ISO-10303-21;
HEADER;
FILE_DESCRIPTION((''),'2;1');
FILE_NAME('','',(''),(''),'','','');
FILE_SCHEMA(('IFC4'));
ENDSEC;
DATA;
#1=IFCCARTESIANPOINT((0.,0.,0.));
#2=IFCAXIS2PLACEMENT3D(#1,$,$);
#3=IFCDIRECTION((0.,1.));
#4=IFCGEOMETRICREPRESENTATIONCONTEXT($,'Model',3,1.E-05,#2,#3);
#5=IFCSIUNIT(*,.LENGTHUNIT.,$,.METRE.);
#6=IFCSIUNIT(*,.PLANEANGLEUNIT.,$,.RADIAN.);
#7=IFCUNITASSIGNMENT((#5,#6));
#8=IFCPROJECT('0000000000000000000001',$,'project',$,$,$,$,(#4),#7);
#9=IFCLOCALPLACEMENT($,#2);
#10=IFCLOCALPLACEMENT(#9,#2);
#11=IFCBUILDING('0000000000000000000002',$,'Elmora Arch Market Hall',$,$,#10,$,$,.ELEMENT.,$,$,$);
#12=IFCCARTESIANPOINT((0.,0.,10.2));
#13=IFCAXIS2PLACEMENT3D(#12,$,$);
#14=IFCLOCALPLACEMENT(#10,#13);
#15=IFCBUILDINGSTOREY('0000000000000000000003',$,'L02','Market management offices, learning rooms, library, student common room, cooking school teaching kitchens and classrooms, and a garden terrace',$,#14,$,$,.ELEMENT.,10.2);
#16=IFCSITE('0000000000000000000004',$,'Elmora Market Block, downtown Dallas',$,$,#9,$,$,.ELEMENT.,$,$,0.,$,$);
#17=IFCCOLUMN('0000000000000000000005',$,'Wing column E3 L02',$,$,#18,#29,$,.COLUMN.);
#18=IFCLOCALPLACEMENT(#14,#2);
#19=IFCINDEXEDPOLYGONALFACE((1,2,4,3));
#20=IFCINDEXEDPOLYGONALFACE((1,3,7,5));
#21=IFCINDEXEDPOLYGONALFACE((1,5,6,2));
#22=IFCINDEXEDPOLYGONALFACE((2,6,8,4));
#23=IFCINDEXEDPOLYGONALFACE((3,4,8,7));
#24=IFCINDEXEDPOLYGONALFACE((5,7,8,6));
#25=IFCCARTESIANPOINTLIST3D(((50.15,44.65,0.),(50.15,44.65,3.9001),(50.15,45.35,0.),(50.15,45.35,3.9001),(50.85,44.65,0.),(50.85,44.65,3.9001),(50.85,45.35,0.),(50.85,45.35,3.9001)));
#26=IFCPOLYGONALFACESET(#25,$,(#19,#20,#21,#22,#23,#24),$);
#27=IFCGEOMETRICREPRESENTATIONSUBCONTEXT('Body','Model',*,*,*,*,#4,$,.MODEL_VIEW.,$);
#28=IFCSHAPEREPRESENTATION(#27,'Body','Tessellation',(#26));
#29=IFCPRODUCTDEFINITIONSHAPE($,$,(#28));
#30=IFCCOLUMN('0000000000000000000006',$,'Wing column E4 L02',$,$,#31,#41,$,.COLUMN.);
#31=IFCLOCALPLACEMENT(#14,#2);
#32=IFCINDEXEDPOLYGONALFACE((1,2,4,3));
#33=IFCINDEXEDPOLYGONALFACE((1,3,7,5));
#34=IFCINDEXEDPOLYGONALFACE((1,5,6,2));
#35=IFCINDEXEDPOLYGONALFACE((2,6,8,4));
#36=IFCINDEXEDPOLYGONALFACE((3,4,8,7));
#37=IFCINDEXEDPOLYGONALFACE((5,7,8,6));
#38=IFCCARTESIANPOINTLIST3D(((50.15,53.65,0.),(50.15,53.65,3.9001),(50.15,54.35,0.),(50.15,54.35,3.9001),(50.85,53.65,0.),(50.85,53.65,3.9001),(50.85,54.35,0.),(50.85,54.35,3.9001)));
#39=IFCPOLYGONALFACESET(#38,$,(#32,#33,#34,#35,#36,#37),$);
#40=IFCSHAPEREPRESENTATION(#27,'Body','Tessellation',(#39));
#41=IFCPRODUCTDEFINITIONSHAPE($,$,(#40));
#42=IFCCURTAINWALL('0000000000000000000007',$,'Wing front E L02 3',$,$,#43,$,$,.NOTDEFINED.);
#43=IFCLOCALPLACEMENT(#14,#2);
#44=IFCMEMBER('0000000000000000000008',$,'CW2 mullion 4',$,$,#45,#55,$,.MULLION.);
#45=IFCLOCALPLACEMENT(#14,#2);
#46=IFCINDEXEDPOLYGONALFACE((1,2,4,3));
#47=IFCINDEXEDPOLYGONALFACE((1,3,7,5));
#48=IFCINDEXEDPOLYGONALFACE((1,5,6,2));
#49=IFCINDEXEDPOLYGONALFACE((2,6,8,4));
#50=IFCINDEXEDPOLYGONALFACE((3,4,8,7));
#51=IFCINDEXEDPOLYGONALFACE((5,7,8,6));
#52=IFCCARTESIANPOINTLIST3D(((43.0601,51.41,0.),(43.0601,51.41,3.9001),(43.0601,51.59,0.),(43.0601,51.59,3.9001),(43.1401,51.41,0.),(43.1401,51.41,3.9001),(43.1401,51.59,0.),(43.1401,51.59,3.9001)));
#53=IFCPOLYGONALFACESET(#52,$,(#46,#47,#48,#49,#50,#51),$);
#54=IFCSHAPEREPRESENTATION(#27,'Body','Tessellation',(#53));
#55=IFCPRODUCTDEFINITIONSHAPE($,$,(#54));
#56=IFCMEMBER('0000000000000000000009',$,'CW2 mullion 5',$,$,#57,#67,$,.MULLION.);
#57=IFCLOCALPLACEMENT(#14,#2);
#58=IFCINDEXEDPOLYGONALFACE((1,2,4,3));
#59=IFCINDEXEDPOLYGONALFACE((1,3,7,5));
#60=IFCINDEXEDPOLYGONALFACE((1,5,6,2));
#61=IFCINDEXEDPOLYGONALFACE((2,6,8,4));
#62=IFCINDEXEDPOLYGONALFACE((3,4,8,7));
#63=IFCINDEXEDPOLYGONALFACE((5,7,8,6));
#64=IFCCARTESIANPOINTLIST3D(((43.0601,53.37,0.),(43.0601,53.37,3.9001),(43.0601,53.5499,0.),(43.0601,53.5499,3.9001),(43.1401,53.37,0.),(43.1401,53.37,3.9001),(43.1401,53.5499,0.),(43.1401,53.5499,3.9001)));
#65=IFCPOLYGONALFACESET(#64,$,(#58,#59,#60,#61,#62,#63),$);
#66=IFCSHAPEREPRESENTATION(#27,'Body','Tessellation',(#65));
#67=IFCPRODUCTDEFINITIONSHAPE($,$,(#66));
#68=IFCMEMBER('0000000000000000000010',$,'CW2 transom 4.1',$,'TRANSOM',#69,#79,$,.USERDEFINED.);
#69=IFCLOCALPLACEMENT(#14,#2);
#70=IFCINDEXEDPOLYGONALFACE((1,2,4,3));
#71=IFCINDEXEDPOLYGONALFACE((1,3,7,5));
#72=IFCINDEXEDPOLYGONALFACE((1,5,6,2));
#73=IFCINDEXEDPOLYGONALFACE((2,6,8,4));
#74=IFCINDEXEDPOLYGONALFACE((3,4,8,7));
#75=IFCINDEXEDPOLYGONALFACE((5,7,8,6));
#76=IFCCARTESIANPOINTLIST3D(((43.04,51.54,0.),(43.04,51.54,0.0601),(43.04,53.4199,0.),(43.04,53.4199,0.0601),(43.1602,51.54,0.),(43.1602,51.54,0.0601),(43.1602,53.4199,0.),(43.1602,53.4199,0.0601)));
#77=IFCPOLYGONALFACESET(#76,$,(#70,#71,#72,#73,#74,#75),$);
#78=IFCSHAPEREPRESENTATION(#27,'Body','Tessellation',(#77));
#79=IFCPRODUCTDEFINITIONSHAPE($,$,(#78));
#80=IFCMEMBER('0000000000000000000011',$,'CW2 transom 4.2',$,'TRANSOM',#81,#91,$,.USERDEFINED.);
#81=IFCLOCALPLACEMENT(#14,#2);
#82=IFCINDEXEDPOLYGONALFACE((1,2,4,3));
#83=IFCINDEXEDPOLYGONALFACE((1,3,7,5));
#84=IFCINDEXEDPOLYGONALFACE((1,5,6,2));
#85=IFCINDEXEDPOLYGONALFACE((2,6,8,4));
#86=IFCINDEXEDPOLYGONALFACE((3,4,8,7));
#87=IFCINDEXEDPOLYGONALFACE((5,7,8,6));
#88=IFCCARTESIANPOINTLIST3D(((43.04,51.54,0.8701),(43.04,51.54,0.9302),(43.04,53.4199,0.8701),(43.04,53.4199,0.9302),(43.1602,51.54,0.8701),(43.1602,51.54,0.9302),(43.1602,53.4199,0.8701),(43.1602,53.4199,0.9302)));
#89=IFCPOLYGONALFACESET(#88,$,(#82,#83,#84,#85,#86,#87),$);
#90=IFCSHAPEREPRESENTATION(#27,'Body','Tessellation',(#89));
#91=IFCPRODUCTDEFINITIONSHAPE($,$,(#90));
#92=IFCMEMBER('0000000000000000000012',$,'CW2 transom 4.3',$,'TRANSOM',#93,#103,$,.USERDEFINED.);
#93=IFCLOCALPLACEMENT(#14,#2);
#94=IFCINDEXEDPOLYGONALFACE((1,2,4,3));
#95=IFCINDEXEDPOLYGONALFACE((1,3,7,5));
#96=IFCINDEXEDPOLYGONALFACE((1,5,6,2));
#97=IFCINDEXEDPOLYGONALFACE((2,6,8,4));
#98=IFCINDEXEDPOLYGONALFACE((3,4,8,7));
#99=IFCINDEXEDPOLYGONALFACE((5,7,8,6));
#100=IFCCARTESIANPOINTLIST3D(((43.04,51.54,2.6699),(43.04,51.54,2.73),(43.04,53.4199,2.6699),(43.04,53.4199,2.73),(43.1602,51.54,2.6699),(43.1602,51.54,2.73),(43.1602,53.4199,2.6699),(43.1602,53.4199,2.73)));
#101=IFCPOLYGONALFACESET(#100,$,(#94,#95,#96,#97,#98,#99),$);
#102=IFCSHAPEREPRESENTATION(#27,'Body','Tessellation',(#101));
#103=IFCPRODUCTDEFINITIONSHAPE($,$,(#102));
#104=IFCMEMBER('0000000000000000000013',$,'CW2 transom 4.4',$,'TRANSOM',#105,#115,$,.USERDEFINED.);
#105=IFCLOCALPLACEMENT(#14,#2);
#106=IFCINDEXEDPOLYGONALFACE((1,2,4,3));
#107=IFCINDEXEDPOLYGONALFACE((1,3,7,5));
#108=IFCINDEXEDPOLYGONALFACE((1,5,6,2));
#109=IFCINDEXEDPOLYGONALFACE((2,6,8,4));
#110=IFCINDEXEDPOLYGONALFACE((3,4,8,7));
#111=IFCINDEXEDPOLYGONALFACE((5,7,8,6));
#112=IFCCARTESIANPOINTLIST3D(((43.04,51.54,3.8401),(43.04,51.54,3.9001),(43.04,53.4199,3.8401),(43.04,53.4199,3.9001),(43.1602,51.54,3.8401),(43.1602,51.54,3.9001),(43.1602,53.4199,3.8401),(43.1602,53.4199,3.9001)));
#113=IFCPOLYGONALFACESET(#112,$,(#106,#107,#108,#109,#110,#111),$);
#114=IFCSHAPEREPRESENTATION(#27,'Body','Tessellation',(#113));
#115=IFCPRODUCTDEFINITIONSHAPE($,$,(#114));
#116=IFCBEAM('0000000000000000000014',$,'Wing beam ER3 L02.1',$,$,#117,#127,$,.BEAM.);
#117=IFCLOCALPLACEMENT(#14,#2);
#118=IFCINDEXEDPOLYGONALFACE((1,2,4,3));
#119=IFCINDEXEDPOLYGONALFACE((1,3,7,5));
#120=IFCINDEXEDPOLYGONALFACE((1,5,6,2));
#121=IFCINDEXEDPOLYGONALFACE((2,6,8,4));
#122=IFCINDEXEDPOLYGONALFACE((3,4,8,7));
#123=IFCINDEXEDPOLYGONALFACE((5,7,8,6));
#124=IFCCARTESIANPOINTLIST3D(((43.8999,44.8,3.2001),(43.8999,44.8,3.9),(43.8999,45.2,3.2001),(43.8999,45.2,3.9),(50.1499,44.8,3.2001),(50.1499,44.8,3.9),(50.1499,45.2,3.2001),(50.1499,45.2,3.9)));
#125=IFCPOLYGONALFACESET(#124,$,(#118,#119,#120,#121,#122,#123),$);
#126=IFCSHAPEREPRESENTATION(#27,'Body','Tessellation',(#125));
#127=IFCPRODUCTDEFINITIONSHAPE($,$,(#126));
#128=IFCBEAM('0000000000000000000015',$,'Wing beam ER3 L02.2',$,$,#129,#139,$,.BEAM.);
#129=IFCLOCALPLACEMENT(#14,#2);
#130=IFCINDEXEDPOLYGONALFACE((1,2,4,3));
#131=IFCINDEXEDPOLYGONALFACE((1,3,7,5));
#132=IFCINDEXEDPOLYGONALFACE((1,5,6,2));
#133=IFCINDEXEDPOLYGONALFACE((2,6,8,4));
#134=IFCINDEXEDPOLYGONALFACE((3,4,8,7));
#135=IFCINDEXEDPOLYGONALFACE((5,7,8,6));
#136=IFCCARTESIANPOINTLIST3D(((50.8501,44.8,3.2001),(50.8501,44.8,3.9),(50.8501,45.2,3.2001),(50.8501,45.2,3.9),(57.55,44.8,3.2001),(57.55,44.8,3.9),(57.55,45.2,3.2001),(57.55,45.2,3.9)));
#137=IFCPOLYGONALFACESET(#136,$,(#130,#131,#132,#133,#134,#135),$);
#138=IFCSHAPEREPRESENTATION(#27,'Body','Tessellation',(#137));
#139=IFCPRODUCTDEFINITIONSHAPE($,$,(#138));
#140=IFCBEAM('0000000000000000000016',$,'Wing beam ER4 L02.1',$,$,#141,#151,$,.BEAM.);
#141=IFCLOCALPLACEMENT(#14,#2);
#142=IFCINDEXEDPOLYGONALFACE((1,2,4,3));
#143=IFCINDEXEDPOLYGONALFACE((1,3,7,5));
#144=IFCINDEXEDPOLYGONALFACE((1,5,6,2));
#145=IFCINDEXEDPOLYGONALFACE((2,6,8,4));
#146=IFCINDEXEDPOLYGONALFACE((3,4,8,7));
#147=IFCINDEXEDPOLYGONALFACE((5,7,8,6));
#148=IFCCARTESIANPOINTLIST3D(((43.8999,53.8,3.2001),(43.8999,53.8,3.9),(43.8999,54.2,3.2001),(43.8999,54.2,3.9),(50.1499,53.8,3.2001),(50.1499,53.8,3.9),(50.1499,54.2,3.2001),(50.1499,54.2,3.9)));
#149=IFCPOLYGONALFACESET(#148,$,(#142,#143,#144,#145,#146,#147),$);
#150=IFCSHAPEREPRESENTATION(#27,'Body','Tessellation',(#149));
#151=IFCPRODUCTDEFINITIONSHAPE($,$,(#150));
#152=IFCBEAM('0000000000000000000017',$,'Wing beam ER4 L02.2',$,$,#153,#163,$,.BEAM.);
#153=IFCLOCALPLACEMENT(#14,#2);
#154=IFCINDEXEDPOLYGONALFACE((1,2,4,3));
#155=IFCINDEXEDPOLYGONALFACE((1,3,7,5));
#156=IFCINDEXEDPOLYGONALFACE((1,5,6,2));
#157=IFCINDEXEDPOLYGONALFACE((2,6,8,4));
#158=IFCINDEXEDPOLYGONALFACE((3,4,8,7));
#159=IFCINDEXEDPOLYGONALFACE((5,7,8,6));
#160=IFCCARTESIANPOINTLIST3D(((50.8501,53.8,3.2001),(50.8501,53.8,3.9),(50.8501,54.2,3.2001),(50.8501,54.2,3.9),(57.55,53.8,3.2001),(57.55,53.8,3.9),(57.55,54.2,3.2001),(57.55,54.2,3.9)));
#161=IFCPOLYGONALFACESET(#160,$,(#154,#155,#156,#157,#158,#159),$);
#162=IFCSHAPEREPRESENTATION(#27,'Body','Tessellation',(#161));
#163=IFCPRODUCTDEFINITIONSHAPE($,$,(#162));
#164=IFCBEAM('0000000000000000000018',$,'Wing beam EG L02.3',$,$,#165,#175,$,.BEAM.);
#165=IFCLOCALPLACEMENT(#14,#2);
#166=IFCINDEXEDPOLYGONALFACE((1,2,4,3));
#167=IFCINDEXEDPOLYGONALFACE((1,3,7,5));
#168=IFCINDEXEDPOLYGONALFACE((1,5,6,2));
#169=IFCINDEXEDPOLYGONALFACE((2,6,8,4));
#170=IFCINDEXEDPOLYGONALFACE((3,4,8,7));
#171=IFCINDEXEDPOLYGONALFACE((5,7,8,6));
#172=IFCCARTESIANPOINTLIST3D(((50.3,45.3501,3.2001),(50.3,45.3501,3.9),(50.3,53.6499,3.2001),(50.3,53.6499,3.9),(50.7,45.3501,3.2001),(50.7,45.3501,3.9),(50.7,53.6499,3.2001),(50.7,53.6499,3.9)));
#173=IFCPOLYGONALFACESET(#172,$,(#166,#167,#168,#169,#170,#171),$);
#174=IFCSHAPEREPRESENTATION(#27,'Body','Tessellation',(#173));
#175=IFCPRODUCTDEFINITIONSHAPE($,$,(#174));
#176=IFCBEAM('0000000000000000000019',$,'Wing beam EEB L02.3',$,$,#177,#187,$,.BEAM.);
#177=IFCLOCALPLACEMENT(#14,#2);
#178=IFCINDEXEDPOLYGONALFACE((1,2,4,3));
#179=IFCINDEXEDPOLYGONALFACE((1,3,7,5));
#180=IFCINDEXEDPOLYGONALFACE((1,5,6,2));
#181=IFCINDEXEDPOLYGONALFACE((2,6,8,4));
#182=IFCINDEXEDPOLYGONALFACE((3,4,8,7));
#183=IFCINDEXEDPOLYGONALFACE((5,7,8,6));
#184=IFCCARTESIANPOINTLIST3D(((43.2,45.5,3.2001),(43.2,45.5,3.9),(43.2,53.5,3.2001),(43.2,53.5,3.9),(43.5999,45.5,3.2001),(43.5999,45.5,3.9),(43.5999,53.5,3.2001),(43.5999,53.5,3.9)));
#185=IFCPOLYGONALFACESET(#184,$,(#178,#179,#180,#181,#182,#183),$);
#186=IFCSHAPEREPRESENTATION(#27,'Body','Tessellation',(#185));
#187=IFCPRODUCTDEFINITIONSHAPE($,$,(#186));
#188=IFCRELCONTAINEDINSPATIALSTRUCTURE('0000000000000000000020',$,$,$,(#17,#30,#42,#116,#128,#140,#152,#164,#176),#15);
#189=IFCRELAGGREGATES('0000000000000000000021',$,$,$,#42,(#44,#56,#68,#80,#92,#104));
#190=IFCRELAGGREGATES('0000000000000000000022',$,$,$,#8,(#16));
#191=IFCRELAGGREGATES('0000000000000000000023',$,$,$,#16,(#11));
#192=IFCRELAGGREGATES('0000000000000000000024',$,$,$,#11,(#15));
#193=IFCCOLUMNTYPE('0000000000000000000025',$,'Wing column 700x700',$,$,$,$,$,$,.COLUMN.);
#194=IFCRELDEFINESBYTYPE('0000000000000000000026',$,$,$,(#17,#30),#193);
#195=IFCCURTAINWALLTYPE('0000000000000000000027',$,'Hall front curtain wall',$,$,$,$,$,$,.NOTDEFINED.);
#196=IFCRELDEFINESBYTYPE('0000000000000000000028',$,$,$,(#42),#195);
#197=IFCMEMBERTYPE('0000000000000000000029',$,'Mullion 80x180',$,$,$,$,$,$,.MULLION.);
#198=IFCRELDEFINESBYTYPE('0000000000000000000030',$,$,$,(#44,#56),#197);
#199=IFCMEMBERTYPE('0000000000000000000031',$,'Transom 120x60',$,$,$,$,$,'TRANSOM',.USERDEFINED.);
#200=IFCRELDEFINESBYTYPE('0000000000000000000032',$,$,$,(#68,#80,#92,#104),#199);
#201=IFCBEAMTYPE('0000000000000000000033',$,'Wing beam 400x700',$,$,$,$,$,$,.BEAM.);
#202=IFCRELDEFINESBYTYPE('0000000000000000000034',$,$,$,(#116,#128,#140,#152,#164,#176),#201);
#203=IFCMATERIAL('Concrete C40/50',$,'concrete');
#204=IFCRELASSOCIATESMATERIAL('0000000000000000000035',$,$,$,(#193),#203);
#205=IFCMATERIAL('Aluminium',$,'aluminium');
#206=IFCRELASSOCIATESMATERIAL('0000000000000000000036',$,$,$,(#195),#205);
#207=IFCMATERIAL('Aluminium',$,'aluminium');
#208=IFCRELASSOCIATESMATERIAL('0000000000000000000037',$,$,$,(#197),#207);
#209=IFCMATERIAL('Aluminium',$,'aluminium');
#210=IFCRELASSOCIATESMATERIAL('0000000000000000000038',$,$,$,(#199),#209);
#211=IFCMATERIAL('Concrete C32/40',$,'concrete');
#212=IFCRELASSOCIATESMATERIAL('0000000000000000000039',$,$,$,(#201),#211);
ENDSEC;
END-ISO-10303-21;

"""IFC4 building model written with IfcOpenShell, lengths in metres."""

from ifc_helpers import new_model, si_unit, direction, frame, origin, origin_2d, place, context, subcontext, project, spatial, rectangle, extrude, material, material_profile, profile_set, type_object, element, aggregate, save


model = new_model("IFC4")

# Units and contexts
model_context = context("Model", 3, precision=1e-05, world=origin(), true_north=direction((0.0, 1.0)))
body_context = subcontext(model_context, "Body", "Model", "MODEL_VIEW")
ifc_project = project(units=[si_unit("LENGTHUNIT", "METRE"), si_unit("PLANEANGLEUNIT", "RADIAN")], contexts=[model_context])

# Site, building, storey
site_placement = place(None, origin())
site = spatial("IfcSite", under=ifc_project, at=site_placement, Name="Elmora Market Block, downtown Dallas", CompositionType="ELEMENT", RefElevation=0.0)
building_placement = place(site_placement, origin())
building = spatial("IfcBuilding", under=site, at=building_placement, Name="Elmora Arch Market Hall", CompositionType="ELEMENT")
storey_placement = place(building_placement, frame((0.0, 0.0, 10.2)))
storey = spatial("IfcBuildingStorey", under=building, at=storey_placement, Name="L02", Description="Market management offices, learning rooms, library, student common room, cooking school teaching kitchens and classrooms, and a garden terrace", CompositionType="ELEMENT", Elevation=10.2)

# Columns
ifc_material_1 = material(Name="Concrete C40/50", Category="concrete")
ifc_material_profile_1 = material_profile(ifc_material_1, rectangle(XDim=0.7, YDim=0.7, at=origin_2d()), Name="Wing column 700x700")
ifc_profile_set_1 = profile_set([ifc_material_profile_1], Name="Concrete C40/50")
column_type = type_object("IfcColumnType", Name="Wing column 700x700", PredefinedType="COLUMN", material=ifc_profile_set_1)
for number, where, z_axis, x_axis, name in (
    (1, (50.5, 45.0, 0.0), (0.0, 0.0, 1.0), (1.0, 0.0, 0.0), "Wing column E3 L02"),
    (2, (50.5, 54.0, 0.0), (0.0, 0.0, 1.0), (1.0, 0.0, 0.0), "Wing column E4 L02"),
):
    element("IfcColumn", number, at=place(storey_placement, frame(where, z_axis=z_axis, x_axis=x_axis)), inside=storey, type_object=column_type, Name=name, PredefinedType="COLUMN", context=body_context, shape_type="SweptSolid", body=[
        extrude(rectangle(XDim=0.7, YDim=0.7, at=origin_2d()), origin(), (0.0, 0.0, 1.0), 3.9001),
    ])

# Curtain wall, members
ifc_material_2 = material(Name="Aluminium", Category="aluminium")
curtain_wall_type = type_object("IfcCurtainWallType", Name="Hall front curtain wall", PredefinedType="NOTDEFINED", material=ifc_material_2)
curtain_wall_placement = place(storey_placement, origin())
curtain_wall = element("IfcCurtainWall", 3, at=curtain_wall_placement, inside=storey, type_object=curtain_wall_type, Name="Wing front E L02 3", PredefinedType="NOTDEFINED")
ifc_material_3 = material(Name="Aluminium", Category="aluminium")
ifc_material_profile_2 = material_profile(ifc_material_3, rectangle(XDim=0.0801, YDim=0.1799, at=origin_2d()), Name="AL 80x180")
ifc_profile_set_2 = profile_set([ifc_material_profile_2], Name="Aluminium")
member_type_1 = type_object("IfcMemberType", Name="Mullion 80x180", PredefinedType="MULLION", material=ifc_profile_set_2)
member_1_placement = place(storey_placement, frame((43.1001, 51.5, 0.0), z_axis=(0.0, 0.0, 1.0), x_axis=(-1.0, 0.0, 0.0)))
member_1 = element("IfcMember", 4, at=member_1_placement, type_object=member_type_1, Name="CW2 mullion 4", PredefinedType="MULLION", context=body_context, shape_type="SweptSolid", body=[
    extrude(rectangle(XDim=0.0801, YDim=0.1799, at=origin_2d()), origin(), (0.0, 0.0, 1.0), 3.9001),
])
member_2_placement = place(storey_placement, frame((43.1001, 53.46, 0.0), z_axis=(0.0, 0.0, 1.0), x_axis=(-1.0, 0.0, 0.0)))
member_2 = element("IfcMember", 5, at=member_2_placement, type_object=member_type_1, Name="CW2 mullion 5", PredefinedType="MULLION", context=body_context, shape_type="SweptSolid", body=[
    extrude(rectangle(XDim=0.0801, YDim=0.1799, at=origin_2d()), origin(), (0.0, 0.0, 1.0), 3.9001),
])
ifc_material_4 = material(Name="Aluminium", Category="aluminium")
ifc_material_profile_3 = material_profile(ifc_material_4, rectangle(XDim=0.1201, YDim=0.0601, at=origin_2d()), Name="AL 120x60")
ifc_profile_set_3 = profile_set([ifc_material_profile_3], Name="Aluminium")
member_type_2 = type_object("IfcMemberType", Name="Transom 120x60", ElementType="TRANSOM", PredefinedType="USERDEFINED", material=ifc_profile_set_3)
member_3_placement = place(storey_placement, frame((43.1001, 51.54, 0.03), z_axis=(0.0, 1.0, 0.0), x_axis=(-1.0, 0.0, 0.0)))
member_3 = element("IfcMember", 6, at=member_3_placement, type_object=member_type_2, Name="CW2 transom 4.1", ObjectType="TRANSOM", PredefinedType="USERDEFINED", context=body_context, shape_type="SweptSolid", body=[
    extrude(rectangle(XDim=0.1201, YDim=0.0601, at=origin_2d()), origin(), (0.0, 0.0, 1.0), 1.8799),
])
member_4_placement = place(storey_placement, frame((43.1001, 51.54, 0.9001), z_axis=(0.0, 1.0, 0.0), x_axis=(-1.0, 0.0, 0.0)))
member_4 = element("IfcMember", 7, at=member_4_placement, type_object=member_type_2, Name="CW2 transom 4.2", ObjectType="TRANSOM", PredefinedType="USERDEFINED", context=body_context, shape_type="SweptSolid", body=[
    extrude(rectangle(XDim=0.1201, YDim=0.0601, at=origin_2d()), origin(), (0.0, 0.0, 1.0), 1.8799),
])
member_5_placement = place(storey_placement, frame((43.1001, 51.54, 2.7), z_axis=(0.0, 1.0, 0.0), x_axis=(-1.0, 0.0, 0.0)))
member_5 = element("IfcMember", 8, at=member_5_placement, type_object=member_type_2, Name="CW2 transom 4.3", ObjectType="TRANSOM", PredefinedType="USERDEFINED", context=body_context, shape_type="SweptSolid", body=[
    extrude(rectangle(XDim=0.1201, YDim=0.0601, at=origin_2d()), origin(), (0.0, 0.0, 1.0), 1.8799),
])
member_6_placement = place(storey_placement, frame((43.1001, 51.54, 3.8701), z_axis=(0.0, 1.0, 0.0), x_axis=(-1.0, 0.0, 0.0)))
member_6 = element("IfcMember", 9, at=member_6_placement, type_object=member_type_2, Name="CW2 transom 4.4", ObjectType="TRANSOM", PredefinedType="USERDEFINED", context=body_context, shape_type="SweptSolid", body=[
    extrude(rectangle(XDim=0.1201, YDim=0.0601, at=origin_2d()), origin(), (0.0, 0.0, 1.0), 1.8799),
])

# Beams
ifc_material_5 = material(Name="Concrete C32/40", Category="concrete")
ifc_material_profile_4 = material_profile(ifc_material_5, rectangle(XDim=0.3999, YDim=0.7, at=origin_2d()), Name="Wing beam 400x700")
ifc_profile_set_4 = profile_set([ifc_material_profile_4], Name="Concrete C32/40")
beam_type_1 = type_object("IfcBeamType", Name="Wing beam 400x700", PredefinedType="BEAM", material=ifc_profile_set_4)
beam_1_placement = place(storey_placement, frame((43.8999, 45.0, 3.55), z_axis=(1.0, 0.0, 0.0), x_axis=(0.0, 1.0, 0.0)))
element("IfcBeam", 10, at=beam_1_placement, inside=storey, type_object=beam_type_1, Name="Wing beam ER3 L02.1", PredefinedType="BEAM", context=body_context, shape_type="SweptSolid", body=[
    extrude(rectangle(XDim=0.3999, YDim=0.7, at=origin_2d()), origin(), (0.0, 0.0, 1.0), 6.25),
])
beam_2_placement = place(storey_placement, frame((50.8501, 45.0, 3.55), z_axis=(1.0, 0.0, 0.0), x_axis=(0.0, 1.0, 0.0)))
element("IfcBeam", 11, at=beam_2_placement, inside=storey, type_object=beam_type_1, Name="Wing beam ER3 L02.2", PredefinedType="BEAM", context=body_context, shape_type="SweptSolid", body=[
    extrude(rectangle(XDim=0.3999, YDim=0.7, at=origin_2d()), origin(), (0.0, 0.0, 1.0), 6.7),
])
beam_3_placement = place(storey_placement, frame((43.8999, 54.0, 3.55), z_axis=(1.0, 0.0, 0.0), x_axis=(0.0, 1.0, 0.0)))
element("IfcBeam", 12, at=beam_3_placement, inside=storey, type_object=beam_type_1, Name="Wing beam ER4 L02.1", PredefinedType="BEAM", context=body_context, shape_type="SweptSolid", body=[
    extrude(rectangle(XDim=0.3999, YDim=0.7, at=origin_2d()), origin(), (0.0, 0.0, 1.0), 6.25),
])
beam_4_placement = place(storey_placement, frame((50.8501, 54.0, 3.55), z_axis=(1.0, 0.0, 0.0), x_axis=(0.0, 1.0, 0.0)))
element("IfcBeam", 13, at=beam_4_placement, inside=storey, type_object=beam_type_1, Name="Wing beam ER4 L02.2", PredefinedType="BEAM", context=body_context, shape_type="SweptSolid", body=[
    extrude(rectangle(XDim=0.3999, YDim=0.7, at=origin_2d()), origin(), (0.0, 0.0, 1.0), 6.7),
])
beam_5_placement = place(storey_placement, frame((50.5, 45.3501, 3.55), z_axis=(0.0, 1.0, 0.0), x_axis=(-1.0, 0.0, 0.0)))
element("IfcBeam", 14, at=beam_5_placement, inside=storey, type_object=beam_type_1, Name="Wing beam EG L02.3", PredefinedType="BEAM", context=body_context, shape_type="SweptSolid", body=[
    extrude(rectangle(XDim=0.3999, YDim=0.7, at=origin_2d()), origin(), (0.0, 0.0, 1.0), 8.2998),
])
beam_6_placement = place(storey_placement, frame((43.3999, 45.5, 3.55), z_axis=(0.0, 1.0, 0.0), x_axis=(-1.0, 0.0, 0.0)))
element("IfcBeam", 15, at=beam_6_placement, inside=storey, type_object=beam_type_1, Name="Wing beam EEB L02.3", PredefinedType="BEAM", context=body_context, shape_type="SweptSolid", body=[
    extrude(rectangle(XDim=0.3999, YDim=0.7, at=origin_2d()), origin(), (0.0, 0.0, 1.0), 8.0),
])

aggregate(curtain_wall, [member_1, member_2, member_3, member_4, member_5, member_6])

save(model, "model.ifc")
